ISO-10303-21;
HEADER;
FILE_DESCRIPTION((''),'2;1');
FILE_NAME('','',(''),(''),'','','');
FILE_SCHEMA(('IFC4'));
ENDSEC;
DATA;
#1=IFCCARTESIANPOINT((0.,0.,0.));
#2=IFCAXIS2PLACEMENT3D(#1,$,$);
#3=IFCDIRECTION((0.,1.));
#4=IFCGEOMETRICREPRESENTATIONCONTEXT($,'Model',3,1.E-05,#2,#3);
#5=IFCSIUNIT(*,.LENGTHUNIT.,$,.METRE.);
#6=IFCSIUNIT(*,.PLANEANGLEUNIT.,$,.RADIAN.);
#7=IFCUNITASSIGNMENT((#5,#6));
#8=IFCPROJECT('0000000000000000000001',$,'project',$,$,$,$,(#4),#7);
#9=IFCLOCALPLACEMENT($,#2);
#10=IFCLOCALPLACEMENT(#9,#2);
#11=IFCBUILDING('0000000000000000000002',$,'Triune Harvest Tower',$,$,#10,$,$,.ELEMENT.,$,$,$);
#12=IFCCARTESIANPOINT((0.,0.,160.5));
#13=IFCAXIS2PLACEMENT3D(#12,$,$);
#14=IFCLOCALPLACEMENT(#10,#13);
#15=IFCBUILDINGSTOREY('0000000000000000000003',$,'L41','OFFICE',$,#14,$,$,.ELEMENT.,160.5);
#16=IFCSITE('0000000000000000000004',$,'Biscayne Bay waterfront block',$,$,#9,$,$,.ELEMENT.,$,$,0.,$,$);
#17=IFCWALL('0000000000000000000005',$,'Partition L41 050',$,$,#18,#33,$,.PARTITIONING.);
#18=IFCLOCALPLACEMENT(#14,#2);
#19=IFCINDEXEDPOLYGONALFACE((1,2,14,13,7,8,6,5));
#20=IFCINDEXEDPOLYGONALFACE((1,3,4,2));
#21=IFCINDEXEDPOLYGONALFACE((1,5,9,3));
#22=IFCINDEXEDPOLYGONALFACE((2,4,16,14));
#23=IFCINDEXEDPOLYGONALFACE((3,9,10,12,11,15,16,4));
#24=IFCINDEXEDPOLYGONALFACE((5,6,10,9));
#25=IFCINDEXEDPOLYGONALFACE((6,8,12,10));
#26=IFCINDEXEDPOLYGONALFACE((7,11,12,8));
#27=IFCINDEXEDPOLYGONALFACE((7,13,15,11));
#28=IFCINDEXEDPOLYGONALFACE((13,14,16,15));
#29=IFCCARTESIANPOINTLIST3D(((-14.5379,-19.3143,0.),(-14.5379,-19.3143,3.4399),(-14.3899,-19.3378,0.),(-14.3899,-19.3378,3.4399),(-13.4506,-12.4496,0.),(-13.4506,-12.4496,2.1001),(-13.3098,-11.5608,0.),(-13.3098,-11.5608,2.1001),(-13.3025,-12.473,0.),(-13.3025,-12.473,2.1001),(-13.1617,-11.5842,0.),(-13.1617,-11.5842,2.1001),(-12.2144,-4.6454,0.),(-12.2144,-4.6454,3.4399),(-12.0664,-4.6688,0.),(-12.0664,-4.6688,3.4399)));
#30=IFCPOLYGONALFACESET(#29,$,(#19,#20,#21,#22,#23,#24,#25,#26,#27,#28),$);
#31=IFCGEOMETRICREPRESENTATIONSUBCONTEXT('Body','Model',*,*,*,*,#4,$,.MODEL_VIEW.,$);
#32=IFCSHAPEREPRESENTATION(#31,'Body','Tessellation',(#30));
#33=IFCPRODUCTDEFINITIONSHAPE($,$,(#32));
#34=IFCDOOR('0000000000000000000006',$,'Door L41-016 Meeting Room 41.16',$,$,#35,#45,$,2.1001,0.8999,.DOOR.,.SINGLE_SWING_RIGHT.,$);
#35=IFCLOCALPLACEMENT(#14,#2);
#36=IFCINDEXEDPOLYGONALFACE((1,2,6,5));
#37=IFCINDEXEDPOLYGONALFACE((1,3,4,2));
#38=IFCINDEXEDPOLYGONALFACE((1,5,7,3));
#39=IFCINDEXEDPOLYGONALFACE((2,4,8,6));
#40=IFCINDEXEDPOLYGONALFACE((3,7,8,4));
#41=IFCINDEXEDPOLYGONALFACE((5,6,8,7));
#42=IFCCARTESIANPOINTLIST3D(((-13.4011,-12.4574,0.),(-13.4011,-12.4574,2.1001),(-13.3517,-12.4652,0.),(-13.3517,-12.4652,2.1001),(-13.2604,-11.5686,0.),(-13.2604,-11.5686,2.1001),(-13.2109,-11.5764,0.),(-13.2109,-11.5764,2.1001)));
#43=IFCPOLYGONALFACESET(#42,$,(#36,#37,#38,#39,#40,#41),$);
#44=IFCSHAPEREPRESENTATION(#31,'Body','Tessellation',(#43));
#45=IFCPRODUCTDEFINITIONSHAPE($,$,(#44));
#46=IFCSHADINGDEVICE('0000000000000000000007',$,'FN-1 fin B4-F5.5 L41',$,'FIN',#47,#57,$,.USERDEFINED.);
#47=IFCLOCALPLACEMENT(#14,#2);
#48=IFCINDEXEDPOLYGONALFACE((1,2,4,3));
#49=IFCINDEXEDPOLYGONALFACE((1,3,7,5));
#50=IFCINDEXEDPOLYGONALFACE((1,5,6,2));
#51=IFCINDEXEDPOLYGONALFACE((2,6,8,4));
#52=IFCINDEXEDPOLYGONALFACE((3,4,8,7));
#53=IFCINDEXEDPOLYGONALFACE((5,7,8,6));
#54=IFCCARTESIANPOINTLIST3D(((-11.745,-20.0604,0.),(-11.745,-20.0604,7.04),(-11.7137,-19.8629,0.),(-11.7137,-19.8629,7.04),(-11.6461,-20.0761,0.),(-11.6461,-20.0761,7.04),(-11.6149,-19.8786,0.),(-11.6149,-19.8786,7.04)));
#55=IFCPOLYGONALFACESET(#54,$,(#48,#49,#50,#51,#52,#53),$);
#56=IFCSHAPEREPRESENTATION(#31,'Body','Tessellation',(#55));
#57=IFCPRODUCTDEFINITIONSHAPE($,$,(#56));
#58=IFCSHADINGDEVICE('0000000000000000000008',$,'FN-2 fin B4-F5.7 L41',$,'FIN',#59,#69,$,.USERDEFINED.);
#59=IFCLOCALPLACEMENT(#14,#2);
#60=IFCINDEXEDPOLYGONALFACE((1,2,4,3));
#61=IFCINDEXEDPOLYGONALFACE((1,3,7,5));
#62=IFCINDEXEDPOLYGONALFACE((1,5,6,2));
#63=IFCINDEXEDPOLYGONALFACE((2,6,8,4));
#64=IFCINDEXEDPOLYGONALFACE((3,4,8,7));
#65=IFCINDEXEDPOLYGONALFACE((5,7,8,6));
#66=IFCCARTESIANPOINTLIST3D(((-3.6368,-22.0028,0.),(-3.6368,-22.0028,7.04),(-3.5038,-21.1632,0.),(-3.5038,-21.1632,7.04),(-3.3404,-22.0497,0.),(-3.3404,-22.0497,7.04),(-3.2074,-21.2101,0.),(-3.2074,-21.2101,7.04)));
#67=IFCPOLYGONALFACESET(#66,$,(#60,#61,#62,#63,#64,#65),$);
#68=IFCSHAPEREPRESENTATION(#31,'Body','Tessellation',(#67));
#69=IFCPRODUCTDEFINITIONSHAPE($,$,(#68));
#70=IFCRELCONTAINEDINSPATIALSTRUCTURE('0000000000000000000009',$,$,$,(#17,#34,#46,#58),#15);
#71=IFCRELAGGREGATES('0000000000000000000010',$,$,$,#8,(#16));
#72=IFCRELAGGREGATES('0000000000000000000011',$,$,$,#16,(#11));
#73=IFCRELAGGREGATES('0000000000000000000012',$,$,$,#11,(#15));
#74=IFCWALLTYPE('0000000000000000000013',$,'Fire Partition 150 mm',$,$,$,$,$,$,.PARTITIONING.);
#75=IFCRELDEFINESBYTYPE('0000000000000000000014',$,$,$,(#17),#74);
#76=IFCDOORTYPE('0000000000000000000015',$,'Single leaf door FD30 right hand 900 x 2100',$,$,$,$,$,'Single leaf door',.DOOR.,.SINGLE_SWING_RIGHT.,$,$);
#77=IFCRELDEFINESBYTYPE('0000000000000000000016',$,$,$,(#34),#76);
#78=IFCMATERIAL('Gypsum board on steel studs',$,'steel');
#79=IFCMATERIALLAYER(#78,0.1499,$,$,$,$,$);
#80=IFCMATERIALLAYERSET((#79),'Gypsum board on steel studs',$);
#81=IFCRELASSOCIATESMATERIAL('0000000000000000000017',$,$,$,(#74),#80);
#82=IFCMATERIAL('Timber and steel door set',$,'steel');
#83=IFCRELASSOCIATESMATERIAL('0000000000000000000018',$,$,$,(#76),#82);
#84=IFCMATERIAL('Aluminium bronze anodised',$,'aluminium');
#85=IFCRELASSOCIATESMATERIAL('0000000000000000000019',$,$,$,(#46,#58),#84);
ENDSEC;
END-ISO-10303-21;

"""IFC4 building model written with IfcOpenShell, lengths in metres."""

from ifc_helpers import new_model, si_unit, direction, frame, frame_2d, origin, origin_2d, place, context, subcontext, project, spatial, rectangle, extrude, source, transform, mapped, material, layer, layer_set, type_object, element, fill, save


model = new_model("IFC4")

# Units and contexts
model_context = context("Model", 3, precision=1e-05, world=origin(), true_north=direction((0.0, 1.0)))
body_context = subcontext(model_context, "Body", "Model", "MODEL_VIEW")
ifc_project = project(units=[si_unit("LENGTHUNIT", "METRE"), si_unit("PLANEANGLEUNIT", "RADIAN")], contexts=[model_context])

# Site, building, storey
site_placement = place(None, origin())
site = spatial("IfcSite", under=ifc_project, at=site_placement, Name="Biscayne Bay waterfront block", CompositionType="ELEMENT", RefElevation=0.0)
building_placement = place(site_placement, origin())
building = spatial("IfcBuilding", under=site, at=building_placement, Name="Triune Harvest Tower", CompositionType="ELEMENT")
storey_placement = place(building_placement, frame((0.0, 0.0, 160.5)))
storey = spatial("IfcBuildingStorey", under=building, at=storey_placement, Name="L41", Description="OFFICE", CompositionType="ELEMENT", Elevation=160.5)

# Wall, opening, door
ifc_material_1 = material(Name="Gypsum board on steel studs", Category="steel")
ifc_layer_1 = layer(ifc_material_1, 0.1499)
ifc_layer_set_1 = layer_set([ifc_layer_1], Name="Gypsum board on steel studs")
wall_type_1 = type_object("IfcWallType", Name="Fire Partition 150 mm", PredefinedType="PARTITIONING", material=ifc_layer_set_1)
shared_shape_1 = source(origin(), body_context, "Body", "SweptSolid", [
    extrude(rectangle(XDim=14.8518, YDim=0.1499, at=frame_2d((7.4258, 0.0))), origin(), (0.0, 0.0, 1.0), 3.4399),
])
wall_1_placement = place(storey_placement, frame((-14.4639, -19.3259, 0.0), z_axis=(0.0, 0.0, 1.0), x_axis=(0.156445, 0.987687, 0.0)))
wall_1 = element("IfcWall", 1, at=wall_1_placement, inside=storey, type_object=wall_type_1, Name="Partition L41 050", PredefinedType="PARTITIONING", context=body_context, shape_type="MappedRepresentation", body=[
    mapped(shared_shape_1, transform((0.0, 0.0, 0.0), scale=1.0)),
])
opening_placement = place(wall_1_placement, frame((6.9502, 0.0, 0.0)))
opening = element("IfcOpeningElement", 2, at=opening_placement, cuts=wall_1, PredefinedType="OPENING", context=body_context, shape_type="SweptSolid", body=[
    extrude(rectangle(XDim=0.8999, YDim=2.1001, at=frame_2d((0.45, 1.05))), frame((0.0, 0.085, 0.0), z_axis=(0.0, -1.0, 0.0), x_axis=(1.0, 0.0, 0.0)), (0.0, 0.0, 1.0), 0.1699),
])
ifc_material_2 = material(Name="Timber and steel door set", Category="steel")
door_type = type_object("IfcDoorType", Name="Single leaf door FD30 right hand 900 x 2100", ElementType="Single leaf door", OperationType="SINGLE_SWING_RIGHT", PredefinedType="DOOR", material=ifc_material_2)
door_placement = place(opening_placement, origin())
door = element("IfcDoor", 3, at=door_placement, inside=storey, type_object=door_type, Name="Door L41-016 Meeting Room 41.16", OperationType="SINGLE_SWING_RIGHT", OverallHeight=2.1001, OverallWidth=0.8999, PredefinedType="DOOR", context=body_context, shape_type="SweptSolid", body=[
    extrude(rectangle(XDim=0.8999, YDim=2.1001, at=frame_2d((0.45, 1.05))), frame((0.0, 0.0249, 0.0), z_axis=(0.0, -1.0, 0.0), x_axis=(1.0, 0.0, 0.0)), (0.0, 0.0, 1.0), 0.05),
])
fill(opening, door)

# Shading devices
ifc_material_3 = material(Name="Aluminium bronze anodised", Category="aluminium")
shared_shape_2 = source(origin(), body_context, "Body", "SweptSolid", [
    extrude(rectangle(XDim=0.1001, YDim=0.2, at=origin_2d()), origin(), (0.0, 0.0, 1.0), 7.04),
])
shading_device_1_placement = place(storey_placement, frame((-11.6799, -19.9695, 0.0), z_axis=(0.0, 0.0, 1.0), x_axis=(0.987688, -0.156435, 0.0)))
element("IfcShadingDevice", 4, at=shading_device_1_placement, inside=storey, material=ifc_material_3, Name="FN-1 fin B4-F5.5 L41", ObjectType="FIN", PredefinedType="USERDEFINED", context=body_context, shape_type="MappedRepresentation", body=[
    mapped(shared_shape_2, transform((0.0, 0.0, 0.0), scale=1.0)),
])
shared_shape_3 = source(origin(), body_context, "Body", "SweptSolid", [
    extrude(rectangle(XDim=0.3, YDim=0.8501, at=origin_2d()), origin(), (0.0, 0.0, 1.0), 7.04),
])
shading_device_2_placement = place(storey_placement, frame((-3.4221, -21.6064, 0.0), z_axis=(0.0, 0.0, 1.0), x_axis=(0.987688, -0.156435, 0.0)))
element("IfcShadingDevice", 5, at=shading_device_2_placement, inside=storey, material=ifc_material_3, Name="FN-2 fin B4-F5.7 L41", ObjectType="FIN", PredefinedType="USERDEFINED", context=body_context, shape_type="MappedRepresentation", body=[
    mapped(shared_shape_3, transform((0.0, 0.0, 0.0), scale=1.0)),
])

save(model, "model.ifc")
